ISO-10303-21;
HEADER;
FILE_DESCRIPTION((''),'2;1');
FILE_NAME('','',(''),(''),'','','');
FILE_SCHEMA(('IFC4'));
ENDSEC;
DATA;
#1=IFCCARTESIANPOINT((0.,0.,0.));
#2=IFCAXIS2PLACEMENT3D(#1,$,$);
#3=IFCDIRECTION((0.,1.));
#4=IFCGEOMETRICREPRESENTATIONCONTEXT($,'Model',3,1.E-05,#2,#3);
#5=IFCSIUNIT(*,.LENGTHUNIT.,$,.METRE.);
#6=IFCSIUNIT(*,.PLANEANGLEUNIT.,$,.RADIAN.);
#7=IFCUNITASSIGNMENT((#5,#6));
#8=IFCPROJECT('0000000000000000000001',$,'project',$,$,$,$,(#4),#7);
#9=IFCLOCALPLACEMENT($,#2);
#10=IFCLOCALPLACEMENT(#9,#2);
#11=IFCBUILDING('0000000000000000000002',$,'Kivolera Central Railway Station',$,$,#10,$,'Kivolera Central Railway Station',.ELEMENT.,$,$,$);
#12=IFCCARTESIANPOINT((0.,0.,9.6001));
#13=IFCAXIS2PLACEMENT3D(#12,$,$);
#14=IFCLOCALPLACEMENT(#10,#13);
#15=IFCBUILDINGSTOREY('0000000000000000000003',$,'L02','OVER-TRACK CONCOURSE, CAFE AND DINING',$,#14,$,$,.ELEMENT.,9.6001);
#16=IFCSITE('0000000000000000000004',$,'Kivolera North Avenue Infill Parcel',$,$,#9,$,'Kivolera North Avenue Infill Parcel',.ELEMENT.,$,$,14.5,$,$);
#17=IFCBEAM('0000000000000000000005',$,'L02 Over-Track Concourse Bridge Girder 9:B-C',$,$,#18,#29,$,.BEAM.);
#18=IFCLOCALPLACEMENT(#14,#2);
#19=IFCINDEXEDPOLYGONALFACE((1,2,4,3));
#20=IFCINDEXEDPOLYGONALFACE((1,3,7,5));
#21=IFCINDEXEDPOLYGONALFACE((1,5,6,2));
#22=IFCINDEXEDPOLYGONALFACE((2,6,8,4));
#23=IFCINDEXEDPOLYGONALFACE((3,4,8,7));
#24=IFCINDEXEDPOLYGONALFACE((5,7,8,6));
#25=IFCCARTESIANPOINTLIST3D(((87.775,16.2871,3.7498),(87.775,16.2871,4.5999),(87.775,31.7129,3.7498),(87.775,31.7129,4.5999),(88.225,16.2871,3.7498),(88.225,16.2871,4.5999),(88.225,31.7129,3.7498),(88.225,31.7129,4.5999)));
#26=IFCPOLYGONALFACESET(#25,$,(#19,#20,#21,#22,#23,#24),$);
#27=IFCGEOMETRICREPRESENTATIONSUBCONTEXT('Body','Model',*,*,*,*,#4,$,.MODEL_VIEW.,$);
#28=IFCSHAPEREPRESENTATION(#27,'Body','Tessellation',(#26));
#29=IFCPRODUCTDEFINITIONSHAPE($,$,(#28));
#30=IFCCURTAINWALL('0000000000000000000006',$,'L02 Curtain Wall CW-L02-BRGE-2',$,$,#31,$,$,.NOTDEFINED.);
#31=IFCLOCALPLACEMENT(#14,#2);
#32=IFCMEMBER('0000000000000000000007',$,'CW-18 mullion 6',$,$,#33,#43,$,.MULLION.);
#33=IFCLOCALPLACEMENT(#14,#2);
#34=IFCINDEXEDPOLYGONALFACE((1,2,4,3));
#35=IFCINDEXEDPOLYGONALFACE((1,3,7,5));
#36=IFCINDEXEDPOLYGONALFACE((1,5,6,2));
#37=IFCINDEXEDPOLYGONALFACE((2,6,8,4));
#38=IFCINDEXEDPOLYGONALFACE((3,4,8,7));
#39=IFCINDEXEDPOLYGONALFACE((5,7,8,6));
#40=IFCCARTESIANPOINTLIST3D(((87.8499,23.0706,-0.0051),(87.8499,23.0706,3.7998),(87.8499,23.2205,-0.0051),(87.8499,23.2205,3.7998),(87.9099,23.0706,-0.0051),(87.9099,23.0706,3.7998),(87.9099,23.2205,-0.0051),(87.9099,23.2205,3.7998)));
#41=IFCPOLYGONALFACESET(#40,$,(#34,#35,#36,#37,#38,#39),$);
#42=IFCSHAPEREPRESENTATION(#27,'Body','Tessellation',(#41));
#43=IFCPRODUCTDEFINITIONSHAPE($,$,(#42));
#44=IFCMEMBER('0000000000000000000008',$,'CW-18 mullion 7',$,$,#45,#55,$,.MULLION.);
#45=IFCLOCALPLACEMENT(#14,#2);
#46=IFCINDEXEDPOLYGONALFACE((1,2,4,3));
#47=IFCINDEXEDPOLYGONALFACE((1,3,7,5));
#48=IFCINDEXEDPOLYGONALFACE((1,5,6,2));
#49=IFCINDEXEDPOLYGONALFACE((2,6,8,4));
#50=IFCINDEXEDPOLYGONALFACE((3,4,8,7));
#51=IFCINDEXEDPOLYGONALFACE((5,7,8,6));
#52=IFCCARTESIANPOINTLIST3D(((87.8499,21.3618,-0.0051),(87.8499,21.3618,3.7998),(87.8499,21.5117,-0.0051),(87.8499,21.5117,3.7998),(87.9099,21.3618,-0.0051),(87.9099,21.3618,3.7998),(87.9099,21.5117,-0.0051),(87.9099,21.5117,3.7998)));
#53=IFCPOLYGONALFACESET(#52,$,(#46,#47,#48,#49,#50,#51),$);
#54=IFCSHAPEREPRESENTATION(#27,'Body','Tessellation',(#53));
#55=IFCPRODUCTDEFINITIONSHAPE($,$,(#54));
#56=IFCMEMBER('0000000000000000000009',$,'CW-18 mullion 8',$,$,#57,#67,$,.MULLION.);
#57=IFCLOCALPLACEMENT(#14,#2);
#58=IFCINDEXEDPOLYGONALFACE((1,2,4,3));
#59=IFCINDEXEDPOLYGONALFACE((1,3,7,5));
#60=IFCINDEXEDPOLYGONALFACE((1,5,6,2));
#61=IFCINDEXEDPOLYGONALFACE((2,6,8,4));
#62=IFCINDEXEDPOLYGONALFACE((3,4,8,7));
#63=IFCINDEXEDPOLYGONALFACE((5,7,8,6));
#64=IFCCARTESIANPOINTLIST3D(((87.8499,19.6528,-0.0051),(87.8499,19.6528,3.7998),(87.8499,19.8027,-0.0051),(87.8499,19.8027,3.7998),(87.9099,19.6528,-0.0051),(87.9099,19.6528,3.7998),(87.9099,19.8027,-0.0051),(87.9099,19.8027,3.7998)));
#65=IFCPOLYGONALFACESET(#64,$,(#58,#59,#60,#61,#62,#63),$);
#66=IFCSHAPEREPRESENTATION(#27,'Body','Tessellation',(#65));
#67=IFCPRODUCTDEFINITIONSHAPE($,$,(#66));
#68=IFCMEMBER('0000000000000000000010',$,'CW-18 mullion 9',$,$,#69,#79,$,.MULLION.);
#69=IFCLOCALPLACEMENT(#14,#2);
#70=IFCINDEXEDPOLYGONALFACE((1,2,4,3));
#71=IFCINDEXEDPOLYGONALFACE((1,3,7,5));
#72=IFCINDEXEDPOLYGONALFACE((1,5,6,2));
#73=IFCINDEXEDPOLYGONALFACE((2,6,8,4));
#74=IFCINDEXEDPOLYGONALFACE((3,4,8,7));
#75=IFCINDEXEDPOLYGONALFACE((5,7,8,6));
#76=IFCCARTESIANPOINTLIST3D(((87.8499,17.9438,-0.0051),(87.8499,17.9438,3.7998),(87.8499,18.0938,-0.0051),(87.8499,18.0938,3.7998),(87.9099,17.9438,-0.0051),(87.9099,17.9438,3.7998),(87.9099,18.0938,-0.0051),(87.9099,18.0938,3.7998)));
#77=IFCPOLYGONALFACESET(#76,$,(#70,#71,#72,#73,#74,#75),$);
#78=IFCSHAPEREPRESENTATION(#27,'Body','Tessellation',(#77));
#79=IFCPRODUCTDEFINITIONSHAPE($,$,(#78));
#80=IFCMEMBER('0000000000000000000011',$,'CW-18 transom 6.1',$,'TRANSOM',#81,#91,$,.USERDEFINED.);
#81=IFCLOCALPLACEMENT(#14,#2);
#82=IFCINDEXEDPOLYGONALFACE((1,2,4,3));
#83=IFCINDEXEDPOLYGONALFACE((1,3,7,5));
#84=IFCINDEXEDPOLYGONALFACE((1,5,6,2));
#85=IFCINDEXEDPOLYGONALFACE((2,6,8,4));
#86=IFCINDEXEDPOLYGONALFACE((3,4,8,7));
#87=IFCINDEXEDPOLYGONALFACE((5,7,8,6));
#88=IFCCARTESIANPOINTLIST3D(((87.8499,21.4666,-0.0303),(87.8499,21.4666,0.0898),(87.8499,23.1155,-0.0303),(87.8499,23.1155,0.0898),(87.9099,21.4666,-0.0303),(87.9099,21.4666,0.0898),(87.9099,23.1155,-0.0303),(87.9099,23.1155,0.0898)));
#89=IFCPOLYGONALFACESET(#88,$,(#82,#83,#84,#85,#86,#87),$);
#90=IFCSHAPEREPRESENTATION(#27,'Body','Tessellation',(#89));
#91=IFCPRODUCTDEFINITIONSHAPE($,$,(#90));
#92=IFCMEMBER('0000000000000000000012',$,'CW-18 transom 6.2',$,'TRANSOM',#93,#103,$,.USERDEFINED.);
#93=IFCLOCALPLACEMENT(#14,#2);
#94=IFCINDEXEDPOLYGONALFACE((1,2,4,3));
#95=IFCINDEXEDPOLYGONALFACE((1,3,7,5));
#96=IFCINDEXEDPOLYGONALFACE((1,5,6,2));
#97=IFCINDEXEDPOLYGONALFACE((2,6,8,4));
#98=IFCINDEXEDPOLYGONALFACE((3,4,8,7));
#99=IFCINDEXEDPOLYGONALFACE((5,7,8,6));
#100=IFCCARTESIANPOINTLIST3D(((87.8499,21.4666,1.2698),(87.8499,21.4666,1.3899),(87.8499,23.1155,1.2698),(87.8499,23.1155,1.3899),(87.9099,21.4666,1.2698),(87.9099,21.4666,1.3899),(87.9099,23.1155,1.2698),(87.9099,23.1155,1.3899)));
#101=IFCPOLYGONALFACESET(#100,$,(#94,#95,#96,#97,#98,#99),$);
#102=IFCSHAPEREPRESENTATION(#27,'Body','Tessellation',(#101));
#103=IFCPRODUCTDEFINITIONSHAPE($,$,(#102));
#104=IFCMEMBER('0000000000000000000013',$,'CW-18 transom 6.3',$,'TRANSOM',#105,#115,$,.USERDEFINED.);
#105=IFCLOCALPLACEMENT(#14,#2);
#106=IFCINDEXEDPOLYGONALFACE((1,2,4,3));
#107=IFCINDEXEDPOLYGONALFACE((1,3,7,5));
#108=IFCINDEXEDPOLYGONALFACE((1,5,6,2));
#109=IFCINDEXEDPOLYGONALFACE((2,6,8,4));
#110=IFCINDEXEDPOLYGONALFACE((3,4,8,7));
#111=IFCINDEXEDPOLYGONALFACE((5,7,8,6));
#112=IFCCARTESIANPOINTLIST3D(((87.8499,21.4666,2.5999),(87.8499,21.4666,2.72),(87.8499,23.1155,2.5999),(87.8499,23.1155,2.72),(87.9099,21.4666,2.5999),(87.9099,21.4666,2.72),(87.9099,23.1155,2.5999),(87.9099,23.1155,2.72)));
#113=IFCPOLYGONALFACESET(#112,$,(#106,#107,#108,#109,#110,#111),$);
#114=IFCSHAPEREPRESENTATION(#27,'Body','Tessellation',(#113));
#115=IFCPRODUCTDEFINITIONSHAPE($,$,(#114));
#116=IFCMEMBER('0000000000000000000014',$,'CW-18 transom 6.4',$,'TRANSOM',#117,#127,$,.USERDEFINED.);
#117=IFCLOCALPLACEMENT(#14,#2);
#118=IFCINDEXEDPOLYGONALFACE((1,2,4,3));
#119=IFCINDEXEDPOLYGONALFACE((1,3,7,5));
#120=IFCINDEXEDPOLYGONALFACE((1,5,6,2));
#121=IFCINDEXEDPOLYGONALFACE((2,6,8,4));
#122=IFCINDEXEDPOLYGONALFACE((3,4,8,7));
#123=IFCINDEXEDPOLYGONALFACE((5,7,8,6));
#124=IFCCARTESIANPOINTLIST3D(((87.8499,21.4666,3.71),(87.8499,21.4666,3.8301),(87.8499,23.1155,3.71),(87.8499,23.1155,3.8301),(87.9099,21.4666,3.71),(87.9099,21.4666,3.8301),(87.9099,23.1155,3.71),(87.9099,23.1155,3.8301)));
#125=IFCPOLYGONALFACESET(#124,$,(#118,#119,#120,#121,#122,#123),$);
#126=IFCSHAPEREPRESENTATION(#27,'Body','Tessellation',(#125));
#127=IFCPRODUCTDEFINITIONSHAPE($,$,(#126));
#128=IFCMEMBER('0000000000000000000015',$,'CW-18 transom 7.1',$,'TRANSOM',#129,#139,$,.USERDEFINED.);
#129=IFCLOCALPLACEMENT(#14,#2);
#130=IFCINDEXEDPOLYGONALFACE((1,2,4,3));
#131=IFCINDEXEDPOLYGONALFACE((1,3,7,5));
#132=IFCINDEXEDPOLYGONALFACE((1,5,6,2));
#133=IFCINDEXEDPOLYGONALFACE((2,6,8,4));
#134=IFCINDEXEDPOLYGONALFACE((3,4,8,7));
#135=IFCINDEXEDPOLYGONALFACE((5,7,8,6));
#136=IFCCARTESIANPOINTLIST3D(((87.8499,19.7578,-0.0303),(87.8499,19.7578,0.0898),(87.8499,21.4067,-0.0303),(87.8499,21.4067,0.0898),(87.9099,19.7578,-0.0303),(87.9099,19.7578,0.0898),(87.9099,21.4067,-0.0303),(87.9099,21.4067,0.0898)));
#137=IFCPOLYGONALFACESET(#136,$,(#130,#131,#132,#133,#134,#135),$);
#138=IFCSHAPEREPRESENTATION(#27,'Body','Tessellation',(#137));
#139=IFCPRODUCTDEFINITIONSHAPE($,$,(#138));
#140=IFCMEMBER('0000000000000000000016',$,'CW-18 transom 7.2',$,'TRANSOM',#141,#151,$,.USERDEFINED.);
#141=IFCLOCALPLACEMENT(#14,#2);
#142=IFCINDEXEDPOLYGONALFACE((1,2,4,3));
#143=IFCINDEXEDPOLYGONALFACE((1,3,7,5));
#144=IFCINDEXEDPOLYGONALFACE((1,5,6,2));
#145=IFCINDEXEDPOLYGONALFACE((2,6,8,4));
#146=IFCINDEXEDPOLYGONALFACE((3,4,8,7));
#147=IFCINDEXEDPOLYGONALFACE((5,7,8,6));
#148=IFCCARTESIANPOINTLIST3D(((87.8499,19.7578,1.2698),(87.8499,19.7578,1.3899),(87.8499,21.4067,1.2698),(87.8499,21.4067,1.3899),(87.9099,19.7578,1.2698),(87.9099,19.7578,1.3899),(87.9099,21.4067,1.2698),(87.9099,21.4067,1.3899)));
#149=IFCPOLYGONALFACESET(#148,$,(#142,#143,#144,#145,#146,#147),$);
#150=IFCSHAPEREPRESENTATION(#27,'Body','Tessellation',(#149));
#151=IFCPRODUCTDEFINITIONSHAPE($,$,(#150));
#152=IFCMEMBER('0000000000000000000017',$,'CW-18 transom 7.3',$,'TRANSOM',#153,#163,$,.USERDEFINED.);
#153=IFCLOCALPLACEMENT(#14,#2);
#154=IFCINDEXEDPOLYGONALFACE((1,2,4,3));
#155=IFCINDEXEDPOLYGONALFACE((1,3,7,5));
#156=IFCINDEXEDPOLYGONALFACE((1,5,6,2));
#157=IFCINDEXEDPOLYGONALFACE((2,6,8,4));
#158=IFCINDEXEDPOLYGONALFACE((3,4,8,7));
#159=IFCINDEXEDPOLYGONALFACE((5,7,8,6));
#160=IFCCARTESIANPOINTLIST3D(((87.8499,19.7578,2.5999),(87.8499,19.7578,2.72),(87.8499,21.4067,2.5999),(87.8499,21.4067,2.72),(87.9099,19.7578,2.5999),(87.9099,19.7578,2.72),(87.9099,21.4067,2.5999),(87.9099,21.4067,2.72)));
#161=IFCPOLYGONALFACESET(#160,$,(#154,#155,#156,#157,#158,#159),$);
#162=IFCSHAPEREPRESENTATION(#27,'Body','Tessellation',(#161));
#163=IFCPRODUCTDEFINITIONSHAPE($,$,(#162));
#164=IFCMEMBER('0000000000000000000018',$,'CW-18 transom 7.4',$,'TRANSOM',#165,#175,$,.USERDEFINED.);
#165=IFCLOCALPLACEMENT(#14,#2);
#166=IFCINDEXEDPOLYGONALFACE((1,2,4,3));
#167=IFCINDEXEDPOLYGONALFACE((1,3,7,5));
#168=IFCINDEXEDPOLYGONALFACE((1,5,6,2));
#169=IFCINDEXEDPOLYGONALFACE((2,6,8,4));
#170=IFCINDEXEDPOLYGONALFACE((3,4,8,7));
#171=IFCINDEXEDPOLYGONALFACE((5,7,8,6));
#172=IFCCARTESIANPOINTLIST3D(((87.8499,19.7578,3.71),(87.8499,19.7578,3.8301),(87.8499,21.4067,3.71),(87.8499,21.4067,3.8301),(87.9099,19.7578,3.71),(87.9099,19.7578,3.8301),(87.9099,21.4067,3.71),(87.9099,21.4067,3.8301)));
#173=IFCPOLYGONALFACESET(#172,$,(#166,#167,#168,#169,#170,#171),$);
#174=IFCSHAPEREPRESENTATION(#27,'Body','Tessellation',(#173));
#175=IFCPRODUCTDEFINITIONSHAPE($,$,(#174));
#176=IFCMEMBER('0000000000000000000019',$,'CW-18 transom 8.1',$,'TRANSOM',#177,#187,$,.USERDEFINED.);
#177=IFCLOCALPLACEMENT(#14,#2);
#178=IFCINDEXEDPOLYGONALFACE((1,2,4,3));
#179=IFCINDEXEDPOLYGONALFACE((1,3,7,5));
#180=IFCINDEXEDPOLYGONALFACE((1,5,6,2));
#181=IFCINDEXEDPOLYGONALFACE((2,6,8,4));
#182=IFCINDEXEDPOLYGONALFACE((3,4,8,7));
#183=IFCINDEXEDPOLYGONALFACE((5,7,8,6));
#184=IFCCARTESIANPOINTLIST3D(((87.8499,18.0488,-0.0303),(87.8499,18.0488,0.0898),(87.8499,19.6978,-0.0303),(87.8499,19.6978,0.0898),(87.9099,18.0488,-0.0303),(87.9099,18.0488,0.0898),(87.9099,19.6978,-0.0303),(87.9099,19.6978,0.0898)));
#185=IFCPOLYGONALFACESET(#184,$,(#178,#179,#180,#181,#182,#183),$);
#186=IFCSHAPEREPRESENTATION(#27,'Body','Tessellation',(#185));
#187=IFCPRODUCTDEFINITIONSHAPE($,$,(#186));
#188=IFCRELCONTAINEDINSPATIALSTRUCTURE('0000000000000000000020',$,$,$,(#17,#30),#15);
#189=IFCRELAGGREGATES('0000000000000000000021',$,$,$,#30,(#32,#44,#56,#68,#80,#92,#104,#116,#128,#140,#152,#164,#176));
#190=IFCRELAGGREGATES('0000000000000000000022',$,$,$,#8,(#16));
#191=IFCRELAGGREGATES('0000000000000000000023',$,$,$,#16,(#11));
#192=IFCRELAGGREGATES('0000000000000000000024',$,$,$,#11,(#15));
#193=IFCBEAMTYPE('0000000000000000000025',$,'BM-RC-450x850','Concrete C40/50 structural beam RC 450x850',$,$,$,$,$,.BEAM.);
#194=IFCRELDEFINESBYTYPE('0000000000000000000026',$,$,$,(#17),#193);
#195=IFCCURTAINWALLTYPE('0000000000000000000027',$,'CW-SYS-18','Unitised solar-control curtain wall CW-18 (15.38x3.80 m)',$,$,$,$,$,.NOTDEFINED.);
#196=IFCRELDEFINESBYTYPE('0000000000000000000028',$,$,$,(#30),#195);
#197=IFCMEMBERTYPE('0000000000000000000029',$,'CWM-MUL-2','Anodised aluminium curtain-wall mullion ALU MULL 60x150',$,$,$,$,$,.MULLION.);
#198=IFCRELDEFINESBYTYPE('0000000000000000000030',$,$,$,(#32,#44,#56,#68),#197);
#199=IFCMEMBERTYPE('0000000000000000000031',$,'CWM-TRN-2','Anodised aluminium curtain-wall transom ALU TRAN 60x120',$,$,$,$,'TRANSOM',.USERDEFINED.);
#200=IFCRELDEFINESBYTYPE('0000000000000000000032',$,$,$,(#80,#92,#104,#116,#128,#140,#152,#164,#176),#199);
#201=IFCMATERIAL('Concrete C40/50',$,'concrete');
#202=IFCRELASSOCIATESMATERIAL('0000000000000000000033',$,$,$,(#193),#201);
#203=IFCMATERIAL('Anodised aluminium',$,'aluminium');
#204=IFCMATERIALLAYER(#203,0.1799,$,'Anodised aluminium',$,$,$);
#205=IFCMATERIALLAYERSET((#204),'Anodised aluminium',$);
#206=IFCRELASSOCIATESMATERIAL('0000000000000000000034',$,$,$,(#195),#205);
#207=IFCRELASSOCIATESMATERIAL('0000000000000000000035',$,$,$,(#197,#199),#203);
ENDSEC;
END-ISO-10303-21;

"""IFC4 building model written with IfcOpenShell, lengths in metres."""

from ifc_helpers import new_model, si_unit, direction, frame, origin, origin_2d, place, context, subcontext, project, spatial, rectangle, extrude, material, layer, layer_set, material_profile, profile_set, type_object, element, aggregate, save


model = new_model("IFC4")

# Units and contexts
model_context = context("Model", 3, precision=1e-05, world=origin(), true_north=direction((0.0, 1.0)))
body_context = subcontext(model_context, "Body", "Model", "MODEL_VIEW")
ifc_project = project(units=[si_unit("LENGTHUNIT", "METRE"), si_unit("PLANEANGLEUNIT", "RADIAN")], contexts=[model_context])

# Site, building, storey
site_placement = place(None, origin())
site = spatial("IfcSite", under=ifc_project, at=site_placement, Name="Kivolera North Avenue Infill Parcel", LongName="Kivolera North Avenue Infill Parcel", CompositionType="ELEMENT", RefElevation=14.5)
building_placement = place(site_placement, origin())
building = spatial("IfcBuilding", under=site, at=building_placement, Name="Kivolera Central Railway Station", LongName="Kivolera Central Railway Station", CompositionType="ELEMENT")
storey_placement = place(building_placement, frame((0.0, 0.0, 9.6001)))
storey = spatial("IfcBuildingStorey", under=building, at=storey_placement, Name="L02", Description="OVER-TRACK CONCOURSE, CAFE AND DINING", CompositionType="ELEMENT", Elevation=9.6001)

# Beam
ifc_material_1 = material(Name="Concrete C40/50", Category="concrete")
ifc_material_profile_1 = material_profile(ifc_material_1, rectangle(XDim=0.45, YDim=0.8501, at=origin_2d()), Name="RC 450x850")
ifc_profile_set_1 = profile_set([ifc_material_profile_1], Name="Concrete C40/50")
beam_type = type_object("IfcBeamType", Name="BM-RC-450x850", Description="Concrete C40/50 structural beam RC 450x850", PredefinedType="BEAM", material=ifc_profile_set_1)
beam_placement = place(storey_placement, frame((88.0, 16.2871, 4.1748), z_axis=(0.0, 1.0, 0.0), x_axis=(-1.0, 0.0, 0.0)))
element("IfcBeam", 1, at=beam_placement, inside=storey, type_object=beam_type, Name="L02 Over-Track Concourse Bridge Girder 9:B-C", PredefinedType="BEAM", context=body_context, shape_type="SweptSolid", body=[
    extrude(rectangle(XDim=0.45, YDim=0.8501, at=origin_2d()), origin(), (0.0, 0.0, 1.0), 15.4258),
])

# Curtain wall, members
ifc_material_2 = material(Name="Anodised aluminium", Category="aluminium")
ifc_layer_1 = layer(ifc_material_2, 0.1799, Name="Anodised aluminium")
ifc_layer_set_1 = layer_set([ifc_layer_1], Name="Anodised aluminium")
curtain_wall_type = type_object("IfcCurtainWallType", Name="CW-SYS-18", Description="Unitised solar-control curtain wall CW-18 (15.38x3.80 m)", PredefinedType="NOTDEFINED", material=ifc_layer_set_1)
curtain_wall_placement = place(storey_placement, origin())
curtain_wall = element("IfcCurtainWall", 2, at=curtain_wall_placement, inside=storey, type_object=curtain_wall_type, Name="L02 Curtain Wall CW-L02-BRGE-2", PredefinedType="NOTDEFINED")
ifc_material_profile_2 = material_profile(ifc_material_2, rectangle(XDim=0.0601, YDim=0.1499, at=origin_2d()), Name="ALU MULL 60x150")
ifc_profile_set_2 = profile_set([ifc_material_profile_2], Name="Anodised aluminium")
member_type_1 = type_object("IfcMemberType", Name="CWM-MUL-2", Description="Anodised aluminium curtain-wall mullion ALU MULL 60x150", PredefinedType="MULLION", material=ifc_profile_set_2)
member_1_placement = place(storey_placement, frame((87.8799, 23.1455, -0.0051), z_axis=(0.0, 0.0, 1.0), x_axis=(1.0, 0.0, 0.0)))
member_1 = element("IfcMember", 3, at=member_1_placement, type_object=member_type_1, Name="CW-18 mullion 6", PredefinedType="MULLION", context=body_context, shape_type="SweptSolid", body=[
    extrude(rectangle(XDim=0.0601, YDim=0.1499, at=origin_2d()), origin(), (0.0, 0.0, 1.0), 3.8049),
])
member_2_placement = place(storey_placement, frame((87.8799, 21.4368, -0.0051), z_axis=(0.0, 0.0, 1.0), x_axis=(1.0, 0.0, 0.0)))
member_2 = element("IfcMember", 4, at=member_2_placement, type_object=member_type_1, Name="CW-18 mullion 7", PredefinedType="MULLION", context=body_context, shape_type="SweptSolid", body=[
    extrude(rectangle(XDim=0.0601, YDim=0.1499, at=origin_2d()), origin(), (0.0, 0.0, 1.0), 3.8049),
])
member_3_placement = place(storey_placement, frame((87.8799, 19.7278, -0.0051), z_axis=(0.0, 0.0, 1.0), x_axis=(1.0, 0.0, 0.0)))
member_3 = element("IfcMember", 5, at=member_3_placement, type_object=member_type_1, Name="CW-18 mullion 8", PredefinedType="MULLION", context=body_context, shape_type="SweptSolid", body=[
    extrude(rectangle(XDim=0.0601, YDim=0.1499, at=origin_2d()), origin(), (0.0, 0.0, 1.0), 3.8049),
])
member_4_placement = place(storey_placement, frame((87.8799, 18.0188, -0.0051), z_axis=(0.0, 0.0, 1.0), x_axis=(1.0, 0.0, 0.0)))
member_4 = element("IfcMember", 6, at=member_4_placement, type_object=member_type_1, Name="CW-18 mullion 9", PredefinedType="MULLION", context=body_context, shape_type="SweptSolid", body=[
    extrude(rectangle(XDim=0.0601, YDim=0.1499, at=origin_2d()), origin(), (0.0, 0.0, 1.0), 3.8049),
])
ifc_material_profile_3 = material_profile(ifc_material_2, rectangle(XDim=0.0601, YDim=0.1201, at=origin_2d()), Name="ALU TRAN 60x120")
ifc_profile_set_3 = profile_set([ifc_material_profile_3], Name="Anodised aluminium")
member_type_2 = type_object("IfcMemberType", Name="CWM-TRN-2", Description="Anodised aluminium curtain-wall transom ALU TRAN 60x120", ElementType="TRANSOM", PredefinedType="USERDEFINED", material=ifc_profile_set_3)
member_5_placement = place(storey_placement, frame((87.8799, 23.1155, 0.0298), z_axis=(0.0, -1.0, 0.0), x_axis=(1.0, 0.0, 0.0)))
member_5 = element("IfcMember", 7, at=member_5_placement, type_object=member_type_2, Name="CW-18 transom 6.1", ObjectType="TRANSOM", PredefinedType="USERDEFINED", context=body_context, shape_type="SweptSolid", body=[
    extrude(rectangle(XDim=0.0601, YDim=0.1201, at=origin_2d()), origin(), (0.0, 0.0, 1.0), 1.6489),
])
member_6_placement = place(storey_placement, frame((87.8799, 23.1155, 1.3298), z_axis=(0.0, -1.0, 0.0), x_axis=(1.0, 0.0, 0.0)))
member_6 = element("IfcMember", 8, at=member_6_placement, type_object=member_type_2, Name="CW-18 transom 6.2", ObjectType="TRANSOM", PredefinedType="USERDEFINED", context=body_context, shape_type="SweptSolid", body=[
    extrude(rectangle(XDim=0.0601, YDim=0.1201, at=origin_2d()), origin(), (0.0, 0.0, 1.0), 1.6489),
])
member_7_placement = place(storey_placement, frame((87.8799, 23.1155, 2.6599), z_axis=(0.0, -1.0, 0.0), x_axis=(1.0, 0.0, 0.0)))
member_7 = element("IfcMember", 9, at=member_7_placement, type_object=member_type_2, Name="CW-18 transom 6.3", ObjectType="TRANSOM", PredefinedType="USERDEFINED", context=body_context, shape_type="SweptSolid", body=[
    extrude(rectangle(XDim=0.0601, YDim=0.1201, at=origin_2d()), origin(), (0.0, 0.0, 1.0), 1.6489),
])
member_8_placement = place(storey_placement, frame((87.8799, 23.1155, 3.77), z_axis=(0.0, -1.0, 0.0), x_axis=(1.0, 0.0, 0.0)))
member_8 = element("IfcMember", 10, at=member_8_placement, type_object=member_type_2, Name="CW-18 transom 6.4", ObjectType="TRANSOM", PredefinedType="USERDEFINED", context=body_context, shape_type="SweptSolid", body=[
    extrude(rectangle(XDim=0.0601, YDim=0.1201, at=origin_2d()), origin(), (0.0, 0.0, 1.0), 1.6489),
])
member_9_placement = place(storey_placement, frame((87.8799, 21.4067, 0.0298), z_axis=(0.0, -1.0, 0.0), x_axis=(1.0, 0.0, 0.0)))
member_9 = element("IfcMember", 11, at=member_9_placement, type_object=member_type_2, Name="CW-18 transom 7.1", ObjectType="TRANSOM", PredefinedType="USERDEFINED", context=body_context, shape_type="SweptSolid", body=[
    extrude(rectangle(XDim=0.0601, YDim=0.1201, at=origin_2d()), origin(), (0.0, 0.0, 1.0), 1.6489),
])
member_10_placement = place(storey_placement, frame((87.8799, 21.4067, 1.3298), z_axis=(0.0, -1.0, 0.0), x_axis=(1.0, 0.0, 0.0)))
member_10 = element("IfcMember", 12, at=member_10_placement, type_object=member_type_2, Name="CW-18 transom 7.2", ObjectType="TRANSOM", PredefinedType="USERDEFINED", context=body_context, shape_type="SweptSolid", body=[
    extrude(rectangle(XDim=0.0601, YDim=0.1201, at=origin_2d()), origin(), (0.0, 0.0, 1.0), 1.6489),
])
member_11_placement = place(storey_placement, frame((87.8799, 21.4067, 2.6599), z_axis=(0.0, -1.0, 0.0), x_axis=(1.0, 0.0, 0.0)))
member_11 = element("IfcMember", 13, at=member_11_placement, type_object=member_type_2, Name="CW-18 transom 7.3", ObjectType="TRANSOM", PredefinedType="USERDEFINED", context=body_context, shape_type="SweptSolid", body=[
    extrude(rectangle(XDim=0.0601, YDim=0.1201, at=origin_2d()), origin(), (0.0, 0.0, 1.0), 1.6489),
])
member_12_placement = place(storey_placement, frame((87.8799, 21.4067, 3.77), z_axis=(0.0, -1.0, 0.0), x_axis=(1.0, 0.0, 0.0)))
member_12 = element("IfcMember", 14, at=member_12_placement, type_object=member_type_2, Name="CW-18 transom 7.4", ObjectType="TRANSOM", PredefinedType="USERDEFINED", context=body_context, shape_type="SweptSolid", body=[
    extrude(rectangle(XDim=0.0601, YDim=0.1201, at=origin_2d()), origin(), (0.0, 0.0, 1.0), 1.6489),
])
member_13_placement = place(storey_placement, frame((87.8799, 19.6978, 0.0298), z_axis=(0.0, -1.0, 0.0), x_axis=(1.0, 0.0, 0.0)))
member_13 = element("IfcMember", 15, at=member_13_placement, type_object=member_type_2, Name="CW-18 transom 8.1", ObjectType="TRANSOM", PredefinedType="USERDEFINED", context=body_context, shape_type="SweptSolid", body=[
    extrude(rectangle(XDim=0.0601, YDim=0.1201, at=origin_2d()), origin(), (0.0, 0.0, 1.0), 1.6489),
])
aggregate(curtain_wall, [member_1, member_2, member_3, member_4, member_5, member_6, member_7, member_8, member_9, member_10, member_11, member_12, member_13])

save(model, "model.ifc")
